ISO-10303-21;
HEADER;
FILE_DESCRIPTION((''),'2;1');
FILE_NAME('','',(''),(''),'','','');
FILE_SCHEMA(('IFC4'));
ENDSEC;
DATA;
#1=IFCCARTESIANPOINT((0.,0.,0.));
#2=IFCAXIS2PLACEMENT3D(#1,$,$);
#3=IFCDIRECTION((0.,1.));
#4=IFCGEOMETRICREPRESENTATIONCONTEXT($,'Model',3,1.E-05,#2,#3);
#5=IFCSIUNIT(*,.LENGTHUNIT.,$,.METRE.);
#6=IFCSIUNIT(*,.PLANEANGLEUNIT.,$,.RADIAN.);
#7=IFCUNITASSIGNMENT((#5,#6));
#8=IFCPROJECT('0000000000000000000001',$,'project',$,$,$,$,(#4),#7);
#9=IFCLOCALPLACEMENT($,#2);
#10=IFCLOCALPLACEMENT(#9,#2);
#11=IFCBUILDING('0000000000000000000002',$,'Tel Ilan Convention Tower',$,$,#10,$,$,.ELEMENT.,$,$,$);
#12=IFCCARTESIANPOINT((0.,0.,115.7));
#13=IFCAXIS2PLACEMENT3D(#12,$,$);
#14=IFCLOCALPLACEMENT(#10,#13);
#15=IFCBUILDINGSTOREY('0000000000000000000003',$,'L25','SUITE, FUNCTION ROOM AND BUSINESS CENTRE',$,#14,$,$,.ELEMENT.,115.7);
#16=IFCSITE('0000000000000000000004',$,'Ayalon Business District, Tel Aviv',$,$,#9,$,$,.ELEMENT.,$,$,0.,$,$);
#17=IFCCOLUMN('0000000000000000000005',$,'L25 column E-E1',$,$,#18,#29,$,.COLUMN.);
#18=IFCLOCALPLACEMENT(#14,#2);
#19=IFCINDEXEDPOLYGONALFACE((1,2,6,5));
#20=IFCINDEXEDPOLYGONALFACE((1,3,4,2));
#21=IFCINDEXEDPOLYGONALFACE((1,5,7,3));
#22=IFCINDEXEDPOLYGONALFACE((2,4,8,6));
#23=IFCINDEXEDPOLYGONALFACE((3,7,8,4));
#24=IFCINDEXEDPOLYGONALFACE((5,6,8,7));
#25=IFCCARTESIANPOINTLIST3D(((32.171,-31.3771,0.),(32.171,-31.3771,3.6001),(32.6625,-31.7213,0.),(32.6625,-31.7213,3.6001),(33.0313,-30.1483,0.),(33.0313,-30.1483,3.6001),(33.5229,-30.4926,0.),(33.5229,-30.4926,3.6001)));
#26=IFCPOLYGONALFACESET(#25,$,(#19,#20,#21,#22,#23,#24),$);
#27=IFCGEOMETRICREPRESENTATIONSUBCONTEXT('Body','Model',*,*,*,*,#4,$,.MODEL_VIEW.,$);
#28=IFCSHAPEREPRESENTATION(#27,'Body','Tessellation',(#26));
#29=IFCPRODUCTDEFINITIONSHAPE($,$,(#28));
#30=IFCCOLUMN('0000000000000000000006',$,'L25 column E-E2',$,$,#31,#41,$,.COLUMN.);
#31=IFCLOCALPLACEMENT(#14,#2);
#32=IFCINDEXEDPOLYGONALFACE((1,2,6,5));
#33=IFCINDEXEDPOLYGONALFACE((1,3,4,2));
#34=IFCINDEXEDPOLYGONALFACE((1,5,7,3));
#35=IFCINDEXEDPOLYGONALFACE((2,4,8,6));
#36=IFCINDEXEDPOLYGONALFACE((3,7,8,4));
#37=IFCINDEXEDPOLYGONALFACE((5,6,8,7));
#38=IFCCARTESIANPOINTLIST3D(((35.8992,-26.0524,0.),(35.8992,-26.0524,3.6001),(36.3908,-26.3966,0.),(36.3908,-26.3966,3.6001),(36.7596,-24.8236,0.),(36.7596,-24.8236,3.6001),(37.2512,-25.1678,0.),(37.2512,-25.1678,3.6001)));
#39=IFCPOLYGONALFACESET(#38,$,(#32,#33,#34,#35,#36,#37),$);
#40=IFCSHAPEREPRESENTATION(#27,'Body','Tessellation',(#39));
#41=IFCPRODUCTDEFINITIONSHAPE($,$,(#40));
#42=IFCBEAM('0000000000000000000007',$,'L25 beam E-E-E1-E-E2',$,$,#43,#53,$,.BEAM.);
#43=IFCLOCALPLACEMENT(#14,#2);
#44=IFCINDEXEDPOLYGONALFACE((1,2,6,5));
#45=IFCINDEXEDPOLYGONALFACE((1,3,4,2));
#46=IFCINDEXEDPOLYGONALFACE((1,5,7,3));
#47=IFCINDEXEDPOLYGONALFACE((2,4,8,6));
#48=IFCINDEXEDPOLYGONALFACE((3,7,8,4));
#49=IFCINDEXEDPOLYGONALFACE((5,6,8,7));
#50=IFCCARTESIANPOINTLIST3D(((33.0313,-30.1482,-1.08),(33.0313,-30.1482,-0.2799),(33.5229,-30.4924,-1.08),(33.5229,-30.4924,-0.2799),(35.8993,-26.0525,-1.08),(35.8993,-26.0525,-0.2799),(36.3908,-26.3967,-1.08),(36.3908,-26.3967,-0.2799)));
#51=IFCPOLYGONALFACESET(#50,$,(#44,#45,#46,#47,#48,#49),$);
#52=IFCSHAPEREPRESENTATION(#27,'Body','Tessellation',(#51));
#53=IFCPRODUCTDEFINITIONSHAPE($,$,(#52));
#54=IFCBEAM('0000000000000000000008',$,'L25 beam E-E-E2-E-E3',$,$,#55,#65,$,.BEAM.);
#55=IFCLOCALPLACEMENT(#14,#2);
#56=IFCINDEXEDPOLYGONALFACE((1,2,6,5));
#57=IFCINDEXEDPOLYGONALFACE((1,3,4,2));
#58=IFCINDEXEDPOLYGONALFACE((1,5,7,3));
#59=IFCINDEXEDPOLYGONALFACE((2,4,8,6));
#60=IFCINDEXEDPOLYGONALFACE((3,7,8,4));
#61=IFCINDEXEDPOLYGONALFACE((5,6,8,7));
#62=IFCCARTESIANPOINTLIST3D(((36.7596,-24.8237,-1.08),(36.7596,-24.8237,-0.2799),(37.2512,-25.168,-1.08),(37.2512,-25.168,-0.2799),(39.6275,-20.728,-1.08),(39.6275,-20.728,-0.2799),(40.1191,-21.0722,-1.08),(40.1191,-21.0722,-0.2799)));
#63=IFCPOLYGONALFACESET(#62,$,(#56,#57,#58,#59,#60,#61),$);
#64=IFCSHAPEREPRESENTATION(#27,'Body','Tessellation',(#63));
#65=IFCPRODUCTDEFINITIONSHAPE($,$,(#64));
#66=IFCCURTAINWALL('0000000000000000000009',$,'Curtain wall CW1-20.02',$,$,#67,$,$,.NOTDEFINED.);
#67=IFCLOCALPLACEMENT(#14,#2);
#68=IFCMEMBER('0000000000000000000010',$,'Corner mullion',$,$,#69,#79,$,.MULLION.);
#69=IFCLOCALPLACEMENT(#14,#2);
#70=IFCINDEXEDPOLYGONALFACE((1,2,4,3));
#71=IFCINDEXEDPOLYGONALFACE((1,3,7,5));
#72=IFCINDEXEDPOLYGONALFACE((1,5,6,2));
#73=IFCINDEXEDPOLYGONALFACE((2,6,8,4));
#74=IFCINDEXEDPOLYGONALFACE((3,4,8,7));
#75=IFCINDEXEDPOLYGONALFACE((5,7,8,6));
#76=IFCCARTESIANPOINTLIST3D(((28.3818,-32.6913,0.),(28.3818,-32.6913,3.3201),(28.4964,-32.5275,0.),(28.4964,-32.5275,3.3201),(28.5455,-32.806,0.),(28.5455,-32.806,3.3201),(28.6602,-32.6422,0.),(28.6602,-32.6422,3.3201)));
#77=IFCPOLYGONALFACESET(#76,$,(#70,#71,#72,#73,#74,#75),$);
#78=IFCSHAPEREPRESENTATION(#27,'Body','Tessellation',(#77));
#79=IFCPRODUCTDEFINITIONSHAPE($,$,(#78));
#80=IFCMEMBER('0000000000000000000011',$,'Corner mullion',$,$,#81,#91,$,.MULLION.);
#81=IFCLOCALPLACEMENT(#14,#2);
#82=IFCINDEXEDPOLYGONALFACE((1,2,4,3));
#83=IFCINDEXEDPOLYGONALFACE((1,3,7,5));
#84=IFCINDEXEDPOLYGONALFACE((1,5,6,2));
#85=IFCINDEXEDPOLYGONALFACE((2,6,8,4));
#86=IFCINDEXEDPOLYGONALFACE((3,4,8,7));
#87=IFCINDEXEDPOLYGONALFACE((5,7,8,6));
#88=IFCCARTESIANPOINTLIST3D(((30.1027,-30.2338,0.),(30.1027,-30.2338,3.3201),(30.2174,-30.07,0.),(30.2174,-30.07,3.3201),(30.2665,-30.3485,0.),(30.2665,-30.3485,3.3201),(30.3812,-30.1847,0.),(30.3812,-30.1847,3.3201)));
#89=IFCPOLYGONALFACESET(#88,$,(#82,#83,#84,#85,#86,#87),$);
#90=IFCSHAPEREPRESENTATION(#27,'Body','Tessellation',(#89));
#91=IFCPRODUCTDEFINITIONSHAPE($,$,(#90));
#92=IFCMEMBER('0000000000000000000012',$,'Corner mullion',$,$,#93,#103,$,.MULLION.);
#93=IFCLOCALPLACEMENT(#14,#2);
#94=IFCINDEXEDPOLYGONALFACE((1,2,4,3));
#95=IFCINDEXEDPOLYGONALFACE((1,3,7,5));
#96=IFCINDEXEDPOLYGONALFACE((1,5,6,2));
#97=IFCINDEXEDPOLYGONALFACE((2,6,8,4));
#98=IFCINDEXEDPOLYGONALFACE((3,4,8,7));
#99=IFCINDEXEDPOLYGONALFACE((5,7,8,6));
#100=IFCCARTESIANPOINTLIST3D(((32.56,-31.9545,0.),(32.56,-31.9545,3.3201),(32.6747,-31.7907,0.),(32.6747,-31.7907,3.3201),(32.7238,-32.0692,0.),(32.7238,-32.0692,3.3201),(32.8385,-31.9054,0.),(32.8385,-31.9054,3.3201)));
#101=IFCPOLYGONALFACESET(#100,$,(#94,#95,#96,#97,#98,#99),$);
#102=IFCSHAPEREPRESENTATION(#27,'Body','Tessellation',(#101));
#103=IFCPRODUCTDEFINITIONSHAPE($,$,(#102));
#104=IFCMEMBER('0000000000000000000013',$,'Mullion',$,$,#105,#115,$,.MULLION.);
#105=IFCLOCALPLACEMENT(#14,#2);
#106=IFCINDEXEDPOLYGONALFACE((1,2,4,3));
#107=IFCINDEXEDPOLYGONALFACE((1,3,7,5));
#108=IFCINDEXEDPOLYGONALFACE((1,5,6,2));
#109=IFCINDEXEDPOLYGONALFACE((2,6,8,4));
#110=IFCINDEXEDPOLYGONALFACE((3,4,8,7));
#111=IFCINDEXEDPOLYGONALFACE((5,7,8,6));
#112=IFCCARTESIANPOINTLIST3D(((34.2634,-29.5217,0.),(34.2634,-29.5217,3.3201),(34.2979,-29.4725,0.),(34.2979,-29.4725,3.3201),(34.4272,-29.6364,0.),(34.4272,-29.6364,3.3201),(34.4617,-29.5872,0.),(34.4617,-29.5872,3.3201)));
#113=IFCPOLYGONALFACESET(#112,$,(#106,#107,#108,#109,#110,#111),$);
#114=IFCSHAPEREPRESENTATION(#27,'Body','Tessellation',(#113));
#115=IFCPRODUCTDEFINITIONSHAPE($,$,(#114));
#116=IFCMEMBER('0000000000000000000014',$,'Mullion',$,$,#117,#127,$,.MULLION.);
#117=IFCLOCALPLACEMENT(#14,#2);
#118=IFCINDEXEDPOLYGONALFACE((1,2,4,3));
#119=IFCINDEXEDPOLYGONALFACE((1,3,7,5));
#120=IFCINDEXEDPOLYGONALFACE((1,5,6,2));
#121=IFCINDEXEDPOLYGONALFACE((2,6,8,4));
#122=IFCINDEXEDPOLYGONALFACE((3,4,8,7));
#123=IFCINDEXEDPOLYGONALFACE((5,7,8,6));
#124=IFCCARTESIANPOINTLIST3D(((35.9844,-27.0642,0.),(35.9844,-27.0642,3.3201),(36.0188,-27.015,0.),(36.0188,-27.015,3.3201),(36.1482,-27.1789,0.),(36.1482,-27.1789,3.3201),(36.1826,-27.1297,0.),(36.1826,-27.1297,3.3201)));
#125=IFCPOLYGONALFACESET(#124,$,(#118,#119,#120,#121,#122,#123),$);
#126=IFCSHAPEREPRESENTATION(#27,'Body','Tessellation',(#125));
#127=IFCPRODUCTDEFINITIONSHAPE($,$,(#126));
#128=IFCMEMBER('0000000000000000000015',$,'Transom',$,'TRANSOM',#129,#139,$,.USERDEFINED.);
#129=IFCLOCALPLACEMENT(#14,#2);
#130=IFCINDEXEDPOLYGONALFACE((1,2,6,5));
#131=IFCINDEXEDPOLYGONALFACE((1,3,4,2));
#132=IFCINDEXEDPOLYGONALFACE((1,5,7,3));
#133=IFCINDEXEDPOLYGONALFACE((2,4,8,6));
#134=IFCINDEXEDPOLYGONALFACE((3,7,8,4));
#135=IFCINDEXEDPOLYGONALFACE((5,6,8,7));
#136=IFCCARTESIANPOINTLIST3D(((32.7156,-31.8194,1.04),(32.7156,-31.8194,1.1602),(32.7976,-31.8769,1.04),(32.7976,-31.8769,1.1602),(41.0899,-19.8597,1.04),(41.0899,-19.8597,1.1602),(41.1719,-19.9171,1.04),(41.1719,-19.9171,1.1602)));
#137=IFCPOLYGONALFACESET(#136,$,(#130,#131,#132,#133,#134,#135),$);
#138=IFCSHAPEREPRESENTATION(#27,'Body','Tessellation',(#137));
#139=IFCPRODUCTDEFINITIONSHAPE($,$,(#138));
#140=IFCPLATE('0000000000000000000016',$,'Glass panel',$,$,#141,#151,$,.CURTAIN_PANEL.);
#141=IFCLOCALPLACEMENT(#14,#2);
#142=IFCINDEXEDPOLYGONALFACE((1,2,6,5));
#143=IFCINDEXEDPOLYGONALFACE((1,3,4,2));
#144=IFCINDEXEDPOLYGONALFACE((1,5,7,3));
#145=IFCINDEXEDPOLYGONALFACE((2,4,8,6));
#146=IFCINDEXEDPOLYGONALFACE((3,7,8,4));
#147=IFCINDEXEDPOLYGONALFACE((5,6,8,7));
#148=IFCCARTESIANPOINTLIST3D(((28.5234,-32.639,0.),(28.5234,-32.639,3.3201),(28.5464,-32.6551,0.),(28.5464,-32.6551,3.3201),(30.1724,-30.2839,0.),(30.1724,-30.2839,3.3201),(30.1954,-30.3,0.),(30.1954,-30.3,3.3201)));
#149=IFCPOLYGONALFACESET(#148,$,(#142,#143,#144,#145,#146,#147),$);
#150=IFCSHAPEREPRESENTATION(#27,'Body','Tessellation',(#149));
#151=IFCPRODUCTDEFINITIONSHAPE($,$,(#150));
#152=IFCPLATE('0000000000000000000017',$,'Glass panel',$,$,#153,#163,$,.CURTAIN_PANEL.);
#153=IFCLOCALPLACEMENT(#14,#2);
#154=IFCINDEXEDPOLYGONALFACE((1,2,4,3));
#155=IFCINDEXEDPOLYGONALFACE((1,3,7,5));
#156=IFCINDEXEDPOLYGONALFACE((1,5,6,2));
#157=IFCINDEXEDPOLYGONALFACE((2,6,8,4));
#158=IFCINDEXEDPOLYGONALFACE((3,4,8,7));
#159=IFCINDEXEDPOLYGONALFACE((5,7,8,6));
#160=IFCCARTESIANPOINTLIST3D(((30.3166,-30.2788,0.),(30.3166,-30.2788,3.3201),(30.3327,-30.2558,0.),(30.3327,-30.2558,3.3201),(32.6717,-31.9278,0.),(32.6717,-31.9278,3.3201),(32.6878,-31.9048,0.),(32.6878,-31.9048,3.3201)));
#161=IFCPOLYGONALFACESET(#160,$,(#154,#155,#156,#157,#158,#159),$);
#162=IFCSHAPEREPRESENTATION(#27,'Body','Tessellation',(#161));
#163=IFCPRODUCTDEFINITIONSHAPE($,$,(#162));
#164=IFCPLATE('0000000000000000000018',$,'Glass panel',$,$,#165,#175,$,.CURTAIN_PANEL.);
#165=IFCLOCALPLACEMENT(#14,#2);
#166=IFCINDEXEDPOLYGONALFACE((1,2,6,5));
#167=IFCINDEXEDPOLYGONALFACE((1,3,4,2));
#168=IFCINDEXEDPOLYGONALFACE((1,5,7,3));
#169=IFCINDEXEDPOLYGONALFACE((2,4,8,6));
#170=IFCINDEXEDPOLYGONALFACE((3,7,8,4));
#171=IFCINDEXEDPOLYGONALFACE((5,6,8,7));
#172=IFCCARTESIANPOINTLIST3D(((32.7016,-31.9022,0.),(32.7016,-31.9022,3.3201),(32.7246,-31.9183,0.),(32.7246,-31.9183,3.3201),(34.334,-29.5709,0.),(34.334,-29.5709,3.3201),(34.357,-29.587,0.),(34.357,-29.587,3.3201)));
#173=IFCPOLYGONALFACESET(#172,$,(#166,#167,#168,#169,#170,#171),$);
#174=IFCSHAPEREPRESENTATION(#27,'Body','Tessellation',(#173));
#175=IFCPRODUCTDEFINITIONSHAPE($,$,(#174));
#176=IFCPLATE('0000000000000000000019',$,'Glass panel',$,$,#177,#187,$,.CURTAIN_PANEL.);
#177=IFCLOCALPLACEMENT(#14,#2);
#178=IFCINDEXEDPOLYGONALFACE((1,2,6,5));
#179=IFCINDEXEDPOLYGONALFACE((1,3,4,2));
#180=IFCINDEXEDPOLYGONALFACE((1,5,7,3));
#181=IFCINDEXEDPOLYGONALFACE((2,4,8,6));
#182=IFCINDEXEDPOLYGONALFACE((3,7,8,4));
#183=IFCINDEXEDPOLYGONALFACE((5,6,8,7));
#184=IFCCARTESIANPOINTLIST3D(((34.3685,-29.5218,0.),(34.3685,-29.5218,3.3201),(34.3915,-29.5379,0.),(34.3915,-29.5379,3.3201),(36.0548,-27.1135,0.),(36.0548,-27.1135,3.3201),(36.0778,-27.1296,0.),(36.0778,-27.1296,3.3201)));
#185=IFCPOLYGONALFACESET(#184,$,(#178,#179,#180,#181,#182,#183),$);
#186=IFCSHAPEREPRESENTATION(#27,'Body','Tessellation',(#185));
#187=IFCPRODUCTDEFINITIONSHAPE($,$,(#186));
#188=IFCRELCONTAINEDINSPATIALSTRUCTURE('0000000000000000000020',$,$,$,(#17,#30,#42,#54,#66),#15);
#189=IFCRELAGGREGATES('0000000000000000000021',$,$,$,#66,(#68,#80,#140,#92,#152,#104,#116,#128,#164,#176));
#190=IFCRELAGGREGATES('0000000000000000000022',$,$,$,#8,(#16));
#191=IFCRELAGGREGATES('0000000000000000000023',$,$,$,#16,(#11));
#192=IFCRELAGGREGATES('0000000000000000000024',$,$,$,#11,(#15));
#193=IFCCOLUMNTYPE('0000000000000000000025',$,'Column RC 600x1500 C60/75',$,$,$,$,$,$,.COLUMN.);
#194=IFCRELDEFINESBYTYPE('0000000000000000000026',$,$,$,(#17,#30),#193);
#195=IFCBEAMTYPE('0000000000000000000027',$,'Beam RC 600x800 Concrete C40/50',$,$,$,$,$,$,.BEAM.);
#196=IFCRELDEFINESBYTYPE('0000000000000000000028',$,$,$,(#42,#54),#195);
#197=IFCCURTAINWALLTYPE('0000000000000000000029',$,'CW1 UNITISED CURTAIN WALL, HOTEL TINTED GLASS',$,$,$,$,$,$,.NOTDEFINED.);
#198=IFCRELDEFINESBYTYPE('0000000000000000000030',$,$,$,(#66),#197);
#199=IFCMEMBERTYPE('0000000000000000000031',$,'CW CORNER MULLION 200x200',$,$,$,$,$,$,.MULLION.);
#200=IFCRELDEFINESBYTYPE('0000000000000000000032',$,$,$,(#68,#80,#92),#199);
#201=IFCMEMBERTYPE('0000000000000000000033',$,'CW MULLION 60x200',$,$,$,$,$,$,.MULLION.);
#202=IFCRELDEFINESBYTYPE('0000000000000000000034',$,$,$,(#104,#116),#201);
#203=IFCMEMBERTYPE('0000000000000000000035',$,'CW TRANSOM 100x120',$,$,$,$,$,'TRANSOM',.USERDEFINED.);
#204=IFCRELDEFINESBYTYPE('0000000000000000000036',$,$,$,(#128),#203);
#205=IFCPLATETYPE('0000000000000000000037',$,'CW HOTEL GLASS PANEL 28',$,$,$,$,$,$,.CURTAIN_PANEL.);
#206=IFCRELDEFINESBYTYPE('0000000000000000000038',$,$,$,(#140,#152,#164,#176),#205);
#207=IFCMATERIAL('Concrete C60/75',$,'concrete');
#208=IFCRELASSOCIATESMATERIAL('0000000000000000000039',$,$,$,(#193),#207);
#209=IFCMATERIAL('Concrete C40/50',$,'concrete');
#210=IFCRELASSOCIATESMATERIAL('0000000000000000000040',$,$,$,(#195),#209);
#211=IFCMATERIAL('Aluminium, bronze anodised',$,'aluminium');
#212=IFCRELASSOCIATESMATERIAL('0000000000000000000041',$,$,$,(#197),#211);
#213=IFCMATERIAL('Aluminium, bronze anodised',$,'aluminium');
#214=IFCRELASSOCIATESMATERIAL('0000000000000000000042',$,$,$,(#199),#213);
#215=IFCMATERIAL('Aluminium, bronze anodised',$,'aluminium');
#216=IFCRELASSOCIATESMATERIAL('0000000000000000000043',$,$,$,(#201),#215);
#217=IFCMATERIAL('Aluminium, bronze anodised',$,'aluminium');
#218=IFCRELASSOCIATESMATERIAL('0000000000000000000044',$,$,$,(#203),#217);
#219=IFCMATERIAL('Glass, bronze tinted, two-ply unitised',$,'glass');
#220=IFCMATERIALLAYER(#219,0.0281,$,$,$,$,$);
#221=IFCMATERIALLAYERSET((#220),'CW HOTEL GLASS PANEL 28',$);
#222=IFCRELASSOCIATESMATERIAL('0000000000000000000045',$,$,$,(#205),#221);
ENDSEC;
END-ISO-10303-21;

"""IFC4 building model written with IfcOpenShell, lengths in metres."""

from ifc_helpers import new_model, si_unit, direction, frame, origin, origin_2d, place, context, subcontext, project, spatial, rectangle, extrude, material, layer, layer_set, material_profile, profile_set, type_object, element, aggregate, save


model = new_model("IFC4")

# Units and contexts
model_context = context("Model", 3, precision=1e-05, world=origin(), true_north=direction((0.0, 1.0)))
body_context = subcontext(model_context, "Body", "Model", "MODEL_VIEW")
ifc_project = project(units=[si_unit("LENGTHUNIT", "METRE"), si_unit("PLANEANGLEUNIT", "RADIAN")], contexts=[model_context])

# Site, building, storey
site_placement = place(None, origin())
site = spatial("IfcSite", under=ifc_project, at=site_placement, Name="Ayalon Business District, Tel Aviv", CompositionType="ELEMENT", RefElevation=0.0)
building_placement = place(site_placement, origin())
building = spatial("IfcBuilding", under=site, at=building_placement, Name="Tel Ilan Convention Tower", CompositionType="ELEMENT")
storey_placement = place(building_placement, frame((0.0, 0.0, 115.7)))
storey = spatial("IfcBuildingStorey", under=building, at=storey_placement, Name="L25", Description="SUITE, FUNCTION ROOM AND BUSINESS CENTRE", CompositionType="ELEMENT", Elevation=115.7)

# Columns
ifc_material_1 = material(Name="Concrete C60/75", Category="concrete")
ifc_material_profile_1 = material_profile(ifc_material_1, rectangle(XDim=1.5, YDim=0.6001, at=origin_2d()), Name="RC 600x1500")
ifc_profile_set_1 = profile_set([ifc_material_profile_1], Name="Concrete C60/75")
column_type = type_object("IfcColumnType", Name="Column RC 600x1500 C60/75", PredefinedType="COLUMN", material=ifc_profile_set_1)
for number, where, z_axis, x_axis, name in (
    (1, (32.8469, -30.9348, 0.0), (0.0, 0.0, 1.0), (0.573576, 0.819152, 0.0), "L25 column E-E1"),
    (2, (36.5752, -25.6101, 0.0), (0.0, 0.0, 1.0), (0.573576, 0.819152, 0.0), "L25 column E-E2"),
):
    element("IfcColumn", number, at=place(storey_placement, frame(where, z_axis=z_axis, x_axis=x_axis)), inside=storey, type_object=column_type, Name=name, PredefinedType="COLUMN", context=body_context, shape_type="SweptSolid", body=[
        extrude(rectangle(XDim=1.5, YDim=0.6001, at=origin_2d()), origin(), (0.0, 0.0, 1.0), 3.6001),
    ])

# Beams
ifc_material_2 = material(Name="Concrete C40/50", Category="concrete")
ifc_material_profile_2 = material_profile(ifc_material_2, rectangle(XDim=0.6001, YDim=0.8, at=origin_2d()), Name="RC 600x800")
ifc_profile_set_2 = profile_set([ifc_material_profile_2], Name="Concrete C40/50")
beam_type = type_object("IfcBeamType", Name="Beam RC 600x800 Concrete C40/50", PredefinedType="BEAM", material=ifc_profile_set_2)
for number, where, z_axis, x_axis, name in (
    (3, (33.2771, -30.3203, -0.6799), (0.573587, 0.819145, 0.0), (-0.819145, 0.573587, 0.0), "L25 beam E-E-E1-E-E2"),
    (4, (37.0054, -24.9958, -0.6799), (0.573587, 0.819145, 0.0), (-0.819145, 0.573587, 0.0), "L25 beam E-E-E2-E-E3"),
):
    element("IfcBeam", number, at=place(storey_placement, frame(where, z_axis=z_axis, x_axis=x_axis)), inside=storey, type_object=beam_type, Name=name, PredefinedType="BEAM", context=body_context, shape_type="SweptSolid", body=[
        extrude(rectangle(XDim=0.6001, YDim=0.8, at=origin_2d()), origin(), (0.0, 0.0, 1.0), 5.0),
    ])

# Curtain wall, members, plates
ifc_material_3 = material(Name="Aluminium, bronze anodised", Category="aluminium")
curtain_wall_type = type_object("IfcCurtainWallType", Name="CW1 UNITISED CURTAIN WALL, HOTEL TINTED GLASS", PredefinedType="NOTDEFINED", material=ifc_material_3)
curtain_wall_placement = place(storey_placement, origin())
curtain_wall = element("IfcCurtainWall", 5, at=curtain_wall_placement, inside=storey, type_object=curtain_wall_type, Name="Curtain wall CW1-20.02", PredefinedType="NOTDEFINED")
ifc_material_4 = material(Name="Aluminium, bronze anodised", Category="aluminium")
ifc_material_profile_3 = material_profile(ifc_material_4, rectangle(XDim=0.2, YDim=0.2, at=origin_2d()), Name="CW CORNER MULLION 200x200")
ifc_profile_set_3 = profile_set([ifc_material_profile_3], Name="Aluminium, bronze anodised")
member_type_1 = type_object("IfcMemberType", Name="CW CORNER MULLION 200x200", PredefinedType="MULLION", material=ifc_profile_set_3)
member_1_placement = place(storey_placement, frame((28.521, -32.6667, 0.0), z_axis=(0.0, 0.0, 1.0), x_axis=(0.819152, -0.573576, 0.0)))
member_1 = element("IfcMember", 6, at=member_1_placement, type_object=member_type_1, Name="Corner mullion", PredefinedType="MULLION", context=body_context, shape_type="SweptSolid", body=[
    extrude(rectangle(XDim=0.2, YDim=0.2, at=origin_2d()), origin(), (0.0, 0.0, 1.0), 3.3201),
])
member_2_placement = place(storey_placement, frame((30.2419, -30.2092, 0.0), z_axis=(0.0, 0.0, 1.0), x_axis=(0.573576, 0.819152, 0.0)))
member_2 = element("IfcMember", 7, at=member_2_placement, type_object=member_type_1, Name="Corner mullion", PredefinedType="MULLION", context=body_context, shape_type="SweptSolid", body=[
    extrude(rectangle(XDim=0.2, YDim=0.2, at=origin_2d()), origin(), (0.0, 0.0, 1.0), 3.3201),
])
member_3_placement = place(storey_placement, frame((32.6992, -31.9299, 0.0), z_axis=(0.0, 0.0, 1.0), x_axis=(0.819152, -0.573576, 0.0)))
member_3 = element("IfcMember", 8, at=member_3_placement, type_object=member_type_1, Name="Corner mullion", PredefinedType="MULLION", context=body_context, shape_type="SweptSolid", body=[
    extrude(rectangle(XDim=0.2, YDim=0.2, at=origin_2d()), origin(), (0.0, 0.0, 1.0), 3.3201),
])
ifc_material_5 = material(Name="Aluminium, bronze anodised", Category="aluminium")
ifc_material_profile_4 = material_profile(ifc_material_5, rectangle(XDim=0.0601, YDim=0.2, at=origin_2d()), Name="CW MULLION 60x200")
ifc_profile_set_4 = profile_set([ifc_material_profile_4], Name="Aluminium, bronze anodised")
member_type_2 = type_object("IfcMemberType", Name="CW MULLION 60x200", PredefinedType="MULLION", material=ifc_profile_set_4)
member_4_placement = place(storey_placement, frame((34.3625, -29.5544, 0.0), z_axis=(0.0, 0.0, 1.0), x_axis=(0.573576, 0.819152, 0.0)))
member_4 = element("IfcMember", 9, at=member_4_placement, type_object=member_type_2, Name="Mullion", PredefinedType="MULLION", context=body_context, shape_type="SweptSolid", body=[
    extrude(rectangle(XDim=0.0601, YDim=0.2, at=origin_2d()), origin(), (0.0, 0.0, 1.0), 3.3201),
])
member_5_placement = place(storey_placement, frame((36.0835, -27.0969, 0.0), z_axis=(0.0, 0.0, 1.0), x_axis=(0.573576, 0.819152, 0.0)))
member_5 = element("IfcMember", 10, at=member_5_placement, type_object=member_type_2, Name="Mullion", PredefinedType="MULLION", context=body_context, shape_type="SweptSolid", body=[
    extrude(rectangle(XDim=0.0601, YDim=0.2, at=origin_2d()), origin(), (0.0, 0.0, 1.0), 3.3201),
])
ifc_material_6 = material(Name="Aluminium, bronze anodised", Category="aluminium")
ifc_material_profile_5 = material_profile(ifc_material_6, rectangle(XDim=0.1001, YDim=0.1201, at=origin_2d()), Name="CW TRANSOM 100x120")
ifc_profile_set_5 = profile_set([ifc_material_profile_5], Name="Aluminium, bronze anodised")
member_type_3 = type_object("IfcMemberType", Name="CW TRANSOM 100x120", ElementType="TRANSOM", PredefinedType="USERDEFINED", material=ifc_profile_set_5)
member_6_placement = place(storey_placement, frame((32.7566, -31.8481, 1.1001), z_axis=(0.573576, 0.819153, 0.0), x_axis=(-0.819153, 0.573576, 0.0)))
member_6 = element("IfcMember", 11, at=member_6_placement, type_object=member_type_3, Name="Transom", ObjectType="TRANSOM", PredefinedType="USERDEFINED", context=body_context, shape_type="SweptSolid", body=[
    extrude(rectangle(XDim=0.1001, YDim=0.1201, at=origin_2d()), origin(), (0.0, 0.0, 1.0), 14.6001),
])
ifc_material_7 = material(Name="Glass, bronze tinted, two-ply unitised", Category="glass")
ifc_layer_1 = layer(ifc_material_7, 0.0281)
ifc_layer_set_1 = layer_set([ifc_layer_1], Name="CW HOTEL GLASS PANEL 28")
plate_type = type_object("IfcPlateType", Name="CW HOTEL GLASS PANEL 28", PredefinedType="CURTAIN_PANEL", material=ifc_layer_set_1)
plate_1_placement = place(storey_placement, frame((29.3594, -31.4695, 0.0), z_axis=(0.0, 0.0, 1.0), x_axis=(0.573576, 0.819152, 0.0)))
plate_1 = element("IfcPlate", 12, at=plate_1_placement, type_object=plate_type, Name="Glass panel", PredefinedType="CURTAIN_PANEL", context=body_context, shape_type="SweptSolid", body=[
    extrude(rectangle(XDim=2.875, YDim=0.0281, at=origin_2d()), origin(), (0.0, 0.0, 1.0), 3.3201),
])
plate_2_placement = place(storey_placement, frame((31.5022, -31.0918, 0.0), z_axis=(0.0, 0.0, 1.0), x_axis=(0.819152, -0.573576, 0.0)))
plate_2 = element("IfcPlate", 13, at=plate_2_placement, type_object=plate_type, Name="Glass panel", PredefinedType="CURTAIN_PANEL", context=body_context, shape_type="SweptSolid", body=[
    extrude(rectangle(XDim=2.875, YDim=0.0281, at=origin_2d()), origin(), (0.0, 0.0, 1.0), 3.3201),
])
plate_3_placement = place(storey_placement, frame((33.5293, -30.7446, 0.0), z_axis=(0.0, 0.0, 1.0), x_axis=(0.573576, 0.819152, 0.0)))
plate_3 = element("IfcPlate", 14, at=plate_3_placement, type_object=plate_type, Name="Glass panel", PredefinedType="CURTAIN_PANEL", context=body_context, shape_type="SweptSolid", body=[
    extrude(rectangle(XDim=2.8459, YDim=0.0281, at=origin_2d()), origin(), (0.0, 0.0, 1.0), 3.3201),
])
plate_4_placement = place(storey_placement, frame((35.2231, -28.3257, 0.0), z_axis=(0.0, 0.0, 1.0), x_axis=(0.573576, 0.819152, 0.0)))
plate_4 = element("IfcPlate", 15, at=plate_4_placement, type_object=plate_type, Name="Glass panel", PredefinedType="CURTAIN_PANEL", context=body_context, shape_type="SweptSolid", body=[
    extrude(rectangle(XDim=2.9399, YDim=0.0281, at=origin_2d()), origin(), (0.0, 0.0, 1.0), 3.3201),
])
aggregate(curtain_wall, [member_1, member_2, plate_1, member_3, plate_2, member_4, member_5, member_6, plate_3, plate_4])

save(model, "model.ifc")
